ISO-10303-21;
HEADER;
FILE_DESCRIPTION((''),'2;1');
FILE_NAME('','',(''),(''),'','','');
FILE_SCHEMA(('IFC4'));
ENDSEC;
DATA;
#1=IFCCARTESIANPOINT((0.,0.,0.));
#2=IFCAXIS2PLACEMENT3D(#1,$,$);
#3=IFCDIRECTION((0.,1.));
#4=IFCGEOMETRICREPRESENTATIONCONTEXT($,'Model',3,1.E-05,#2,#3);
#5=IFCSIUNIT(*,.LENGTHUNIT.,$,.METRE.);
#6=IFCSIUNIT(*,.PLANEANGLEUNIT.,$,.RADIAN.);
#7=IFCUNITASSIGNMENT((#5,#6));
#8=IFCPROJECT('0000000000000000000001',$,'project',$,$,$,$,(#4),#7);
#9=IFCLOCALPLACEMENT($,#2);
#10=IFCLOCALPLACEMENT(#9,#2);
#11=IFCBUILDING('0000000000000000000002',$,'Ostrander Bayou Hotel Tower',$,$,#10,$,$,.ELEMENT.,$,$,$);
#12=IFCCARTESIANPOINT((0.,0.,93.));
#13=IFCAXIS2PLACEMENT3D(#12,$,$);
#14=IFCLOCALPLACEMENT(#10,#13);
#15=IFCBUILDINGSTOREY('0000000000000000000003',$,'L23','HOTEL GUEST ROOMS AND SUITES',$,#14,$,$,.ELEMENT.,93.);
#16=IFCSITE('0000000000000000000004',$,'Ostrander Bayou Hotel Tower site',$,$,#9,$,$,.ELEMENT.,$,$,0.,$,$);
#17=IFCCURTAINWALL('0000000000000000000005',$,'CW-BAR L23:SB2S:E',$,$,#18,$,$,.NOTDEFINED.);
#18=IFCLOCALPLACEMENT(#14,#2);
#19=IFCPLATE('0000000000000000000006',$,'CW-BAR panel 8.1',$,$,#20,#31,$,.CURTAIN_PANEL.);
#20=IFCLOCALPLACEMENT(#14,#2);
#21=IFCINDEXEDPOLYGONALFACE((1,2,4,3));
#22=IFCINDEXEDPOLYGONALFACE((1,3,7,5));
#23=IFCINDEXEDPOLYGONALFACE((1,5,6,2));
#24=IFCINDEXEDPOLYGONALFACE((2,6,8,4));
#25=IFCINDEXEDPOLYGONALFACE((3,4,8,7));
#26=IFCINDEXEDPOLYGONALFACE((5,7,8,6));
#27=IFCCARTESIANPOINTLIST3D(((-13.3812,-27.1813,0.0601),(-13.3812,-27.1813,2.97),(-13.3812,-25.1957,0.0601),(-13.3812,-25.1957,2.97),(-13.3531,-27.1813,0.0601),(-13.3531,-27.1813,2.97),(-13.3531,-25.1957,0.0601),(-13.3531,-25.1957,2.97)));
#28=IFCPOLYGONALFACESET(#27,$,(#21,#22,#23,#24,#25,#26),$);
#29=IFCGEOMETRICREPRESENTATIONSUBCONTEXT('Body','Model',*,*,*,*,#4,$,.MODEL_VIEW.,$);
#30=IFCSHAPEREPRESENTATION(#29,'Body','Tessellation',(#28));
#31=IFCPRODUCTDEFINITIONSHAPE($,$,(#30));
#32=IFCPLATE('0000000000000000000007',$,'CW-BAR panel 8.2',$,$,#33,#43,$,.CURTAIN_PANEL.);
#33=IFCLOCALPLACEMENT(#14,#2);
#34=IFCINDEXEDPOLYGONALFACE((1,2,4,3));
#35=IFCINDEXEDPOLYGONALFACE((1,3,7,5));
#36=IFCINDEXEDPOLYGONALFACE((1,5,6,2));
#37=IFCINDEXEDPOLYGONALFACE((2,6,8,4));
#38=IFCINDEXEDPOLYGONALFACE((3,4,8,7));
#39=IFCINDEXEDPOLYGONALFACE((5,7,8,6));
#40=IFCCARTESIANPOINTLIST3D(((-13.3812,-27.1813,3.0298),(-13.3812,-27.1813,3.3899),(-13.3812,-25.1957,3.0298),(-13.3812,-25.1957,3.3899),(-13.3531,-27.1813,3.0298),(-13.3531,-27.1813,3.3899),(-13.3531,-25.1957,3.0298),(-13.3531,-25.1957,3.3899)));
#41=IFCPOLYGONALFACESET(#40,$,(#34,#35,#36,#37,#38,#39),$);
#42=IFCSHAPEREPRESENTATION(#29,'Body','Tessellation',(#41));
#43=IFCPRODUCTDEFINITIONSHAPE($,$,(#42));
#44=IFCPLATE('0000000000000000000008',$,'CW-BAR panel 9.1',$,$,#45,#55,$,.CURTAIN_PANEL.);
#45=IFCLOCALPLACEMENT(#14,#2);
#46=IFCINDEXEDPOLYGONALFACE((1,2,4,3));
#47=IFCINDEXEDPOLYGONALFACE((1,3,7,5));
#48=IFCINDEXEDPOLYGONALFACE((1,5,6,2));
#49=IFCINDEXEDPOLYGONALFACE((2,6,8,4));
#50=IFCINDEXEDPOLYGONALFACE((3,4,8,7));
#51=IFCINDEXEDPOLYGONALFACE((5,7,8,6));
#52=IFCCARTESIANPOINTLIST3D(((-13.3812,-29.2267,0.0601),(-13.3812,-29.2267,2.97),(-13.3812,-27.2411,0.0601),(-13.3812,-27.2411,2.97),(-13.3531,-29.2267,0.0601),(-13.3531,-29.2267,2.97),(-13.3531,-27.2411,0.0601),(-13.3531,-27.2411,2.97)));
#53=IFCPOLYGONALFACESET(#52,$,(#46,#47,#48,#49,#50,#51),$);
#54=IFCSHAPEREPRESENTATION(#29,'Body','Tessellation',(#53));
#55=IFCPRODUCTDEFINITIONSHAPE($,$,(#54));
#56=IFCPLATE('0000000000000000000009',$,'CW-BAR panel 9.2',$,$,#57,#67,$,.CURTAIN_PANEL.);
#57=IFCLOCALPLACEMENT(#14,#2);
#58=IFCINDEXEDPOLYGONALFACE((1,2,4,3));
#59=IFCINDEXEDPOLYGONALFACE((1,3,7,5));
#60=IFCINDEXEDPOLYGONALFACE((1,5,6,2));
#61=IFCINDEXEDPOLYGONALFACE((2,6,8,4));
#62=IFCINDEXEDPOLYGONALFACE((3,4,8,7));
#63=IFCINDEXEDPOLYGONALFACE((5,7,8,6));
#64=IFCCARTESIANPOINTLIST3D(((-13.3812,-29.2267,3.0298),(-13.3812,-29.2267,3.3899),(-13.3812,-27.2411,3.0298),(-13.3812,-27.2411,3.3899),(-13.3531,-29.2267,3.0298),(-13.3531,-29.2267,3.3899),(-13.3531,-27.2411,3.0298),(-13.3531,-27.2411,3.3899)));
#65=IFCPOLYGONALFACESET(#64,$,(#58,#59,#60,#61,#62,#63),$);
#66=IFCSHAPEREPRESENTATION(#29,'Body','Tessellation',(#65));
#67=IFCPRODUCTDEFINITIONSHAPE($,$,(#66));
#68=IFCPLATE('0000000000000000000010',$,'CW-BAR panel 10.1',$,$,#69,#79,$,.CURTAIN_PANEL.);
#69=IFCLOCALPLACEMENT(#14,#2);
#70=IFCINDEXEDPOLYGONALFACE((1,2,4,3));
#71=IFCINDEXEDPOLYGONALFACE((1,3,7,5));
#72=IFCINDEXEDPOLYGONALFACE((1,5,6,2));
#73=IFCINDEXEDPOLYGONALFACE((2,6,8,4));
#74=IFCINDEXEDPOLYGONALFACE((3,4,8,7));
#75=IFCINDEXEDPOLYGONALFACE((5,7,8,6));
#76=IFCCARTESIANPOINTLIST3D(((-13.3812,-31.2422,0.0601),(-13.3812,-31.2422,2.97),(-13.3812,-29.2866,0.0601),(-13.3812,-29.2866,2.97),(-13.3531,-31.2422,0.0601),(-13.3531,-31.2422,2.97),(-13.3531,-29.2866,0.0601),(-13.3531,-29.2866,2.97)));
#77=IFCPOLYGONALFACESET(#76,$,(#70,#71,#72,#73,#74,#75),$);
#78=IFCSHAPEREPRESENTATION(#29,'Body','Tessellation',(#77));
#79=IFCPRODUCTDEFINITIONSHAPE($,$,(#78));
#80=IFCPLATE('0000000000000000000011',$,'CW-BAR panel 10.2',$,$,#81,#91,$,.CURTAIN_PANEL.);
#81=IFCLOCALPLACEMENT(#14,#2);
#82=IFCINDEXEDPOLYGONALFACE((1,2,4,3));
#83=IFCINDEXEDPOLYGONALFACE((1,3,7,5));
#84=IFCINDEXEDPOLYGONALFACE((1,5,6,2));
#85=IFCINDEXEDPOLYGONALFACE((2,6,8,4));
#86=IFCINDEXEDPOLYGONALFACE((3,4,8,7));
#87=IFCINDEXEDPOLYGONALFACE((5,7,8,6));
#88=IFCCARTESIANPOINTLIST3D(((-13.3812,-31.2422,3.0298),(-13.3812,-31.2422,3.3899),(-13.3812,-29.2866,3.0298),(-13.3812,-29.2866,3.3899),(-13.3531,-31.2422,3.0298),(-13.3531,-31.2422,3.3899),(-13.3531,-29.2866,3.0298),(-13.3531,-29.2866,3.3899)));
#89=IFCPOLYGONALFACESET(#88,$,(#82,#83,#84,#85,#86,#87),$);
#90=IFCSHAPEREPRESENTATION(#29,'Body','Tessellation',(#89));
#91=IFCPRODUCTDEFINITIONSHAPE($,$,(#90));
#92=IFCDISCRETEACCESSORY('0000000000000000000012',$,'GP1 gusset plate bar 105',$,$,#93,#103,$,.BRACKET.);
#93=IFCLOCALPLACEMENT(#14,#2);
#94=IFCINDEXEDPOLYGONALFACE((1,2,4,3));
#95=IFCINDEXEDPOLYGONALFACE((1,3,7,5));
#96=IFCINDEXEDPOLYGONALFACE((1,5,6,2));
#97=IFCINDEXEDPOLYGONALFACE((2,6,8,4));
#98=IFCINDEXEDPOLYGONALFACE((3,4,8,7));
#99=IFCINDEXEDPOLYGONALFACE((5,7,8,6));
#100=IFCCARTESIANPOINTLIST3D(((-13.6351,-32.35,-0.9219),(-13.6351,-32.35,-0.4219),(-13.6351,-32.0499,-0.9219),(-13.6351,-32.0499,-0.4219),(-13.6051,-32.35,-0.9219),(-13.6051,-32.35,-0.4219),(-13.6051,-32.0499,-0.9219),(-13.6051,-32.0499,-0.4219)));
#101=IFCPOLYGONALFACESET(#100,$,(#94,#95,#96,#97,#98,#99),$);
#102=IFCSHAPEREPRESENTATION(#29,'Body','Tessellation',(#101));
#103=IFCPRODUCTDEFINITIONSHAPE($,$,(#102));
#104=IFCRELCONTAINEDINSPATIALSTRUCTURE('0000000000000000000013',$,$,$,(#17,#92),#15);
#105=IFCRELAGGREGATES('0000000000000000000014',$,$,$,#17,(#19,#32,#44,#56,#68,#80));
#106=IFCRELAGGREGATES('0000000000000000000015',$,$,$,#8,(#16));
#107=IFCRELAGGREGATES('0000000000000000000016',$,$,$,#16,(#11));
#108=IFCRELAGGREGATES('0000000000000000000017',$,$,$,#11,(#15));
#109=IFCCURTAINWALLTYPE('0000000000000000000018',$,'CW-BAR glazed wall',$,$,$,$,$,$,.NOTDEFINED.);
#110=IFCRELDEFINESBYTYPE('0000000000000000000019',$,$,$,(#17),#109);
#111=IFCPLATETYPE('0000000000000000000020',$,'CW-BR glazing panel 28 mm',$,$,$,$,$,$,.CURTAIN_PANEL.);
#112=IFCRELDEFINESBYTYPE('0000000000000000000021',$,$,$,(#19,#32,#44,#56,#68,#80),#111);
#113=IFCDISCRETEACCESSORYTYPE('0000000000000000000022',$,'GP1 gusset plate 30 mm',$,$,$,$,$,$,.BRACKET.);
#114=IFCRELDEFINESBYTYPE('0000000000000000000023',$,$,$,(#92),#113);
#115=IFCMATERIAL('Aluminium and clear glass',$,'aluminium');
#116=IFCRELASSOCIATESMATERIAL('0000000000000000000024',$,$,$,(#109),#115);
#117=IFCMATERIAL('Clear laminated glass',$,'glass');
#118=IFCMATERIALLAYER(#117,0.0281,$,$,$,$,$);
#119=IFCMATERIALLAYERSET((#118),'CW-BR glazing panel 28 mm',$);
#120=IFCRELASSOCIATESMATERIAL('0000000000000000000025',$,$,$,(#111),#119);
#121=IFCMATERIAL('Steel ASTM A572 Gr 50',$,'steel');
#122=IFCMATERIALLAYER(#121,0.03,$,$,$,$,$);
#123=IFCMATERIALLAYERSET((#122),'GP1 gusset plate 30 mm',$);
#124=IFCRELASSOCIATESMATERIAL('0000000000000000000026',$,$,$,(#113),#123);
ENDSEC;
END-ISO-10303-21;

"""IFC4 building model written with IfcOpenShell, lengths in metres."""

from ifc_helpers import new_model, si_unit, direction, frame, origin, origin_2d, place, context, subcontext, project, spatial, rectangle, extrude, material, layer, layer_set, type_object, element, aggregate, save


model = new_model("IFC4")

# Units and contexts
model_context = context("Model", 3, precision=1e-05, world=origin(), true_north=direction((0.0, 1.0)))
body_context = subcontext(model_context, "Body", "Model", "MODEL_VIEW")
ifc_project = project(units=[si_unit("LENGTHUNIT", "METRE"), si_unit("PLANEANGLEUNIT", "RADIAN")], contexts=[model_context])

# Site, building, storey
site_placement = place(None, origin())
site = spatial("IfcSite", under=ifc_project, at=site_placement, Name="Ostrander Bayou Hotel Tower site", CompositionType="ELEMENT", RefElevation=0.0)
building_placement = place(site_placement, origin())
building = spatial("IfcBuilding", under=site, at=building_placement, Name="Ostrander Bayou Hotel Tower", CompositionType="ELEMENT")
storey_placement = place(building_placement, frame((0.0, 0.0, 93.0)))
storey = spatial("IfcBuildingStorey", under=building, at=storey_placement, Name="L23", Description="HOTEL GUEST ROOMS AND SUITES", CompositionType="ELEMENT", Elevation=93.0)

# Curtain wall
ifc_material_1 = material(Name="Aluminium and clear glass", Category="aluminium")
curtain_wall_type = type_object("IfcCurtainWallType", Name="CW-BAR glazed wall", PredefinedType="NOTDEFINED", material=ifc_material_1)
curtain_wall_1_placement = place(storey_placement, origin())
curtain_wall_1 = element("IfcCurtainWall", 1, at=curtain_wall_1_placement, inside=storey, type_object=curtain_wall_type, Name="CW-BAR L23:SB2S:E", PredefinedType="NOTDEFINED")

# Plates
ifc_material_2 = material(Name="Clear laminated glass", Category="glass")
ifc_layer_1 = layer(ifc_material_2, 0.0281)
ifc_layer_set_1 = layer_set([ifc_layer_1], Name="CW-BR glazing panel 28 mm")
plate_type = type_object("IfcPlateType", Name="CW-BR glazing panel 28 mm", PredefinedType="CURTAIN_PANEL", material=ifc_layer_set_1)
plate_1_placement = place(storey_placement, frame((-13.3672, -26.1885, 0.0601), z_axis=(0.0, 0.0, 1.0), x_axis=(0.0, -1.0, 0.0)))
plate_1 = element("IfcPlate", 2, at=plate_1_placement, type_object=plate_type, Name="CW-BAR panel 8.1", PredefinedType="CURTAIN_PANEL", context=body_context, shape_type="SweptSolid", body=[
    extrude(rectangle(XDim=1.9856, YDim=0.0281, at=origin_2d()), origin(), (0.0, 0.0, 1.0), 2.9099),
])
plate_2_placement = place(storey_placement, frame((-13.3672, -26.1885, 3.0298), z_axis=(0.0, 0.0, 1.0), x_axis=(0.0, -1.0, 0.0)))
plate_2 = element("IfcPlate", 3, at=plate_2_placement, type_object=plate_type, Name="CW-BAR panel 8.2", PredefinedType="CURTAIN_PANEL", context=body_context, shape_type="SweptSolid", body=[
    extrude(rectangle(XDim=1.9856, YDim=0.0281, at=origin_2d()), origin(), (0.0, 0.0, 1.0), 0.3601),
])
plate_3_placement = place(storey_placement, frame((-13.3672, -28.2339, 0.0601), z_axis=(0.0, 0.0, 1.0), x_axis=(0.0, -1.0, 0.0)))
plate_3 = element("IfcPlate", 4, at=plate_3_placement, type_object=plate_type, Name="CW-BAR panel 9.1", PredefinedType="CURTAIN_PANEL", context=body_context, shape_type="SweptSolid", body=[
    extrude(rectangle(XDim=1.9856, YDim=0.0281, at=origin_2d()), origin(), (0.0, 0.0, 1.0), 2.9099),
])
plate_4_placement = place(storey_placement, frame((-13.3672, -28.2339, 3.0298), z_axis=(0.0, 0.0, 1.0), x_axis=(0.0, -1.0, 0.0)))
plate_4 = element("IfcPlate", 5, at=plate_4_placement, type_object=plate_type, Name="CW-BAR panel 9.2", PredefinedType="CURTAIN_PANEL", context=body_context, shape_type="SweptSolid", body=[
    extrude(rectangle(XDim=1.9856, YDim=0.0281, at=origin_2d()), origin(), (0.0, 0.0, 1.0), 0.3601),
])
plate_5_placement = place(storey_placement, frame((-13.3672, -30.2644, 0.0601), z_axis=(0.0, 0.0, 1.0), x_axis=(0.0, -1.0, 0.0)))
plate_5 = element("IfcPlate", 6, at=plate_5_placement, type_object=plate_type, Name="CW-BAR panel 10.1", PredefinedType="CURTAIN_PANEL", context=body_context, shape_type="SweptSolid", body=[
    extrude(rectangle(XDim=1.9556, YDim=0.0281, at=origin_2d()), origin(), (0.0, 0.0, 1.0), 2.9099),
])
plate_6_placement = place(storey_placement, frame((-13.3672, -30.2644, 3.0298), z_axis=(0.0, 0.0, 1.0), x_axis=(0.0, -1.0, 0.0)))
plate_6 = element("IfcPlate", 7, at=plate_6_placement, type_object=plate_type, Name="CW-BAR panel 10.2", PredefinedType="CURTAIN_PANEL", context=body_context, shape_type="SweptSolid", body=[
    extrude(rectangle(XDim=1.9556, YDim=0.0281, at=origin_2d()), origin(), (0.0, 0.0, 1.0), 0.3601),
])
aggregate(curtain_wall_1, [plate_1, plate_2, plate_3, plate_4, plate_5, plate_6])

# Discrete accessory
ifc_material_3 = material(Name="Steel ASTM A572 Gr 50", Category="steel")
ifc_layer_2 = layer(ifc_material_3, 0.03)
ifc_layer_set_2 = layer_set([ifc_layer_2], Name="GP1 gusset plate 30 mm")
discrete_accessory_type = type_object("IfcDiscreteAccessoryType", Name="GP1 gusset plate 30 mm", PredefinedType="BRACKET", material=ifc_layer_set_2)
discrete_accessory_placement = place(storey_placement, frame((-13.6201, -32.2, -0.9219), z_axis=(0.0, 0.0, 1.0), x_axis=(0.0, 1.0, 0.0)))
element("IfcDiscreteAccessory", 8, at=discrete_accessory_placement, inside=storey, type_object=discrete_accessory_type, Name="GP1 gusset plate bar 105", PredefinedType="BRACKET", context=body_context, shape_type="SweptSolid", body=[
    extrude(rectangle(XDim=0.3, YDim=0.03, at=origin_2d()), origin(), (0.0, 0.0, 1.0), 0.5),
])

save(model, "model.ifc")
